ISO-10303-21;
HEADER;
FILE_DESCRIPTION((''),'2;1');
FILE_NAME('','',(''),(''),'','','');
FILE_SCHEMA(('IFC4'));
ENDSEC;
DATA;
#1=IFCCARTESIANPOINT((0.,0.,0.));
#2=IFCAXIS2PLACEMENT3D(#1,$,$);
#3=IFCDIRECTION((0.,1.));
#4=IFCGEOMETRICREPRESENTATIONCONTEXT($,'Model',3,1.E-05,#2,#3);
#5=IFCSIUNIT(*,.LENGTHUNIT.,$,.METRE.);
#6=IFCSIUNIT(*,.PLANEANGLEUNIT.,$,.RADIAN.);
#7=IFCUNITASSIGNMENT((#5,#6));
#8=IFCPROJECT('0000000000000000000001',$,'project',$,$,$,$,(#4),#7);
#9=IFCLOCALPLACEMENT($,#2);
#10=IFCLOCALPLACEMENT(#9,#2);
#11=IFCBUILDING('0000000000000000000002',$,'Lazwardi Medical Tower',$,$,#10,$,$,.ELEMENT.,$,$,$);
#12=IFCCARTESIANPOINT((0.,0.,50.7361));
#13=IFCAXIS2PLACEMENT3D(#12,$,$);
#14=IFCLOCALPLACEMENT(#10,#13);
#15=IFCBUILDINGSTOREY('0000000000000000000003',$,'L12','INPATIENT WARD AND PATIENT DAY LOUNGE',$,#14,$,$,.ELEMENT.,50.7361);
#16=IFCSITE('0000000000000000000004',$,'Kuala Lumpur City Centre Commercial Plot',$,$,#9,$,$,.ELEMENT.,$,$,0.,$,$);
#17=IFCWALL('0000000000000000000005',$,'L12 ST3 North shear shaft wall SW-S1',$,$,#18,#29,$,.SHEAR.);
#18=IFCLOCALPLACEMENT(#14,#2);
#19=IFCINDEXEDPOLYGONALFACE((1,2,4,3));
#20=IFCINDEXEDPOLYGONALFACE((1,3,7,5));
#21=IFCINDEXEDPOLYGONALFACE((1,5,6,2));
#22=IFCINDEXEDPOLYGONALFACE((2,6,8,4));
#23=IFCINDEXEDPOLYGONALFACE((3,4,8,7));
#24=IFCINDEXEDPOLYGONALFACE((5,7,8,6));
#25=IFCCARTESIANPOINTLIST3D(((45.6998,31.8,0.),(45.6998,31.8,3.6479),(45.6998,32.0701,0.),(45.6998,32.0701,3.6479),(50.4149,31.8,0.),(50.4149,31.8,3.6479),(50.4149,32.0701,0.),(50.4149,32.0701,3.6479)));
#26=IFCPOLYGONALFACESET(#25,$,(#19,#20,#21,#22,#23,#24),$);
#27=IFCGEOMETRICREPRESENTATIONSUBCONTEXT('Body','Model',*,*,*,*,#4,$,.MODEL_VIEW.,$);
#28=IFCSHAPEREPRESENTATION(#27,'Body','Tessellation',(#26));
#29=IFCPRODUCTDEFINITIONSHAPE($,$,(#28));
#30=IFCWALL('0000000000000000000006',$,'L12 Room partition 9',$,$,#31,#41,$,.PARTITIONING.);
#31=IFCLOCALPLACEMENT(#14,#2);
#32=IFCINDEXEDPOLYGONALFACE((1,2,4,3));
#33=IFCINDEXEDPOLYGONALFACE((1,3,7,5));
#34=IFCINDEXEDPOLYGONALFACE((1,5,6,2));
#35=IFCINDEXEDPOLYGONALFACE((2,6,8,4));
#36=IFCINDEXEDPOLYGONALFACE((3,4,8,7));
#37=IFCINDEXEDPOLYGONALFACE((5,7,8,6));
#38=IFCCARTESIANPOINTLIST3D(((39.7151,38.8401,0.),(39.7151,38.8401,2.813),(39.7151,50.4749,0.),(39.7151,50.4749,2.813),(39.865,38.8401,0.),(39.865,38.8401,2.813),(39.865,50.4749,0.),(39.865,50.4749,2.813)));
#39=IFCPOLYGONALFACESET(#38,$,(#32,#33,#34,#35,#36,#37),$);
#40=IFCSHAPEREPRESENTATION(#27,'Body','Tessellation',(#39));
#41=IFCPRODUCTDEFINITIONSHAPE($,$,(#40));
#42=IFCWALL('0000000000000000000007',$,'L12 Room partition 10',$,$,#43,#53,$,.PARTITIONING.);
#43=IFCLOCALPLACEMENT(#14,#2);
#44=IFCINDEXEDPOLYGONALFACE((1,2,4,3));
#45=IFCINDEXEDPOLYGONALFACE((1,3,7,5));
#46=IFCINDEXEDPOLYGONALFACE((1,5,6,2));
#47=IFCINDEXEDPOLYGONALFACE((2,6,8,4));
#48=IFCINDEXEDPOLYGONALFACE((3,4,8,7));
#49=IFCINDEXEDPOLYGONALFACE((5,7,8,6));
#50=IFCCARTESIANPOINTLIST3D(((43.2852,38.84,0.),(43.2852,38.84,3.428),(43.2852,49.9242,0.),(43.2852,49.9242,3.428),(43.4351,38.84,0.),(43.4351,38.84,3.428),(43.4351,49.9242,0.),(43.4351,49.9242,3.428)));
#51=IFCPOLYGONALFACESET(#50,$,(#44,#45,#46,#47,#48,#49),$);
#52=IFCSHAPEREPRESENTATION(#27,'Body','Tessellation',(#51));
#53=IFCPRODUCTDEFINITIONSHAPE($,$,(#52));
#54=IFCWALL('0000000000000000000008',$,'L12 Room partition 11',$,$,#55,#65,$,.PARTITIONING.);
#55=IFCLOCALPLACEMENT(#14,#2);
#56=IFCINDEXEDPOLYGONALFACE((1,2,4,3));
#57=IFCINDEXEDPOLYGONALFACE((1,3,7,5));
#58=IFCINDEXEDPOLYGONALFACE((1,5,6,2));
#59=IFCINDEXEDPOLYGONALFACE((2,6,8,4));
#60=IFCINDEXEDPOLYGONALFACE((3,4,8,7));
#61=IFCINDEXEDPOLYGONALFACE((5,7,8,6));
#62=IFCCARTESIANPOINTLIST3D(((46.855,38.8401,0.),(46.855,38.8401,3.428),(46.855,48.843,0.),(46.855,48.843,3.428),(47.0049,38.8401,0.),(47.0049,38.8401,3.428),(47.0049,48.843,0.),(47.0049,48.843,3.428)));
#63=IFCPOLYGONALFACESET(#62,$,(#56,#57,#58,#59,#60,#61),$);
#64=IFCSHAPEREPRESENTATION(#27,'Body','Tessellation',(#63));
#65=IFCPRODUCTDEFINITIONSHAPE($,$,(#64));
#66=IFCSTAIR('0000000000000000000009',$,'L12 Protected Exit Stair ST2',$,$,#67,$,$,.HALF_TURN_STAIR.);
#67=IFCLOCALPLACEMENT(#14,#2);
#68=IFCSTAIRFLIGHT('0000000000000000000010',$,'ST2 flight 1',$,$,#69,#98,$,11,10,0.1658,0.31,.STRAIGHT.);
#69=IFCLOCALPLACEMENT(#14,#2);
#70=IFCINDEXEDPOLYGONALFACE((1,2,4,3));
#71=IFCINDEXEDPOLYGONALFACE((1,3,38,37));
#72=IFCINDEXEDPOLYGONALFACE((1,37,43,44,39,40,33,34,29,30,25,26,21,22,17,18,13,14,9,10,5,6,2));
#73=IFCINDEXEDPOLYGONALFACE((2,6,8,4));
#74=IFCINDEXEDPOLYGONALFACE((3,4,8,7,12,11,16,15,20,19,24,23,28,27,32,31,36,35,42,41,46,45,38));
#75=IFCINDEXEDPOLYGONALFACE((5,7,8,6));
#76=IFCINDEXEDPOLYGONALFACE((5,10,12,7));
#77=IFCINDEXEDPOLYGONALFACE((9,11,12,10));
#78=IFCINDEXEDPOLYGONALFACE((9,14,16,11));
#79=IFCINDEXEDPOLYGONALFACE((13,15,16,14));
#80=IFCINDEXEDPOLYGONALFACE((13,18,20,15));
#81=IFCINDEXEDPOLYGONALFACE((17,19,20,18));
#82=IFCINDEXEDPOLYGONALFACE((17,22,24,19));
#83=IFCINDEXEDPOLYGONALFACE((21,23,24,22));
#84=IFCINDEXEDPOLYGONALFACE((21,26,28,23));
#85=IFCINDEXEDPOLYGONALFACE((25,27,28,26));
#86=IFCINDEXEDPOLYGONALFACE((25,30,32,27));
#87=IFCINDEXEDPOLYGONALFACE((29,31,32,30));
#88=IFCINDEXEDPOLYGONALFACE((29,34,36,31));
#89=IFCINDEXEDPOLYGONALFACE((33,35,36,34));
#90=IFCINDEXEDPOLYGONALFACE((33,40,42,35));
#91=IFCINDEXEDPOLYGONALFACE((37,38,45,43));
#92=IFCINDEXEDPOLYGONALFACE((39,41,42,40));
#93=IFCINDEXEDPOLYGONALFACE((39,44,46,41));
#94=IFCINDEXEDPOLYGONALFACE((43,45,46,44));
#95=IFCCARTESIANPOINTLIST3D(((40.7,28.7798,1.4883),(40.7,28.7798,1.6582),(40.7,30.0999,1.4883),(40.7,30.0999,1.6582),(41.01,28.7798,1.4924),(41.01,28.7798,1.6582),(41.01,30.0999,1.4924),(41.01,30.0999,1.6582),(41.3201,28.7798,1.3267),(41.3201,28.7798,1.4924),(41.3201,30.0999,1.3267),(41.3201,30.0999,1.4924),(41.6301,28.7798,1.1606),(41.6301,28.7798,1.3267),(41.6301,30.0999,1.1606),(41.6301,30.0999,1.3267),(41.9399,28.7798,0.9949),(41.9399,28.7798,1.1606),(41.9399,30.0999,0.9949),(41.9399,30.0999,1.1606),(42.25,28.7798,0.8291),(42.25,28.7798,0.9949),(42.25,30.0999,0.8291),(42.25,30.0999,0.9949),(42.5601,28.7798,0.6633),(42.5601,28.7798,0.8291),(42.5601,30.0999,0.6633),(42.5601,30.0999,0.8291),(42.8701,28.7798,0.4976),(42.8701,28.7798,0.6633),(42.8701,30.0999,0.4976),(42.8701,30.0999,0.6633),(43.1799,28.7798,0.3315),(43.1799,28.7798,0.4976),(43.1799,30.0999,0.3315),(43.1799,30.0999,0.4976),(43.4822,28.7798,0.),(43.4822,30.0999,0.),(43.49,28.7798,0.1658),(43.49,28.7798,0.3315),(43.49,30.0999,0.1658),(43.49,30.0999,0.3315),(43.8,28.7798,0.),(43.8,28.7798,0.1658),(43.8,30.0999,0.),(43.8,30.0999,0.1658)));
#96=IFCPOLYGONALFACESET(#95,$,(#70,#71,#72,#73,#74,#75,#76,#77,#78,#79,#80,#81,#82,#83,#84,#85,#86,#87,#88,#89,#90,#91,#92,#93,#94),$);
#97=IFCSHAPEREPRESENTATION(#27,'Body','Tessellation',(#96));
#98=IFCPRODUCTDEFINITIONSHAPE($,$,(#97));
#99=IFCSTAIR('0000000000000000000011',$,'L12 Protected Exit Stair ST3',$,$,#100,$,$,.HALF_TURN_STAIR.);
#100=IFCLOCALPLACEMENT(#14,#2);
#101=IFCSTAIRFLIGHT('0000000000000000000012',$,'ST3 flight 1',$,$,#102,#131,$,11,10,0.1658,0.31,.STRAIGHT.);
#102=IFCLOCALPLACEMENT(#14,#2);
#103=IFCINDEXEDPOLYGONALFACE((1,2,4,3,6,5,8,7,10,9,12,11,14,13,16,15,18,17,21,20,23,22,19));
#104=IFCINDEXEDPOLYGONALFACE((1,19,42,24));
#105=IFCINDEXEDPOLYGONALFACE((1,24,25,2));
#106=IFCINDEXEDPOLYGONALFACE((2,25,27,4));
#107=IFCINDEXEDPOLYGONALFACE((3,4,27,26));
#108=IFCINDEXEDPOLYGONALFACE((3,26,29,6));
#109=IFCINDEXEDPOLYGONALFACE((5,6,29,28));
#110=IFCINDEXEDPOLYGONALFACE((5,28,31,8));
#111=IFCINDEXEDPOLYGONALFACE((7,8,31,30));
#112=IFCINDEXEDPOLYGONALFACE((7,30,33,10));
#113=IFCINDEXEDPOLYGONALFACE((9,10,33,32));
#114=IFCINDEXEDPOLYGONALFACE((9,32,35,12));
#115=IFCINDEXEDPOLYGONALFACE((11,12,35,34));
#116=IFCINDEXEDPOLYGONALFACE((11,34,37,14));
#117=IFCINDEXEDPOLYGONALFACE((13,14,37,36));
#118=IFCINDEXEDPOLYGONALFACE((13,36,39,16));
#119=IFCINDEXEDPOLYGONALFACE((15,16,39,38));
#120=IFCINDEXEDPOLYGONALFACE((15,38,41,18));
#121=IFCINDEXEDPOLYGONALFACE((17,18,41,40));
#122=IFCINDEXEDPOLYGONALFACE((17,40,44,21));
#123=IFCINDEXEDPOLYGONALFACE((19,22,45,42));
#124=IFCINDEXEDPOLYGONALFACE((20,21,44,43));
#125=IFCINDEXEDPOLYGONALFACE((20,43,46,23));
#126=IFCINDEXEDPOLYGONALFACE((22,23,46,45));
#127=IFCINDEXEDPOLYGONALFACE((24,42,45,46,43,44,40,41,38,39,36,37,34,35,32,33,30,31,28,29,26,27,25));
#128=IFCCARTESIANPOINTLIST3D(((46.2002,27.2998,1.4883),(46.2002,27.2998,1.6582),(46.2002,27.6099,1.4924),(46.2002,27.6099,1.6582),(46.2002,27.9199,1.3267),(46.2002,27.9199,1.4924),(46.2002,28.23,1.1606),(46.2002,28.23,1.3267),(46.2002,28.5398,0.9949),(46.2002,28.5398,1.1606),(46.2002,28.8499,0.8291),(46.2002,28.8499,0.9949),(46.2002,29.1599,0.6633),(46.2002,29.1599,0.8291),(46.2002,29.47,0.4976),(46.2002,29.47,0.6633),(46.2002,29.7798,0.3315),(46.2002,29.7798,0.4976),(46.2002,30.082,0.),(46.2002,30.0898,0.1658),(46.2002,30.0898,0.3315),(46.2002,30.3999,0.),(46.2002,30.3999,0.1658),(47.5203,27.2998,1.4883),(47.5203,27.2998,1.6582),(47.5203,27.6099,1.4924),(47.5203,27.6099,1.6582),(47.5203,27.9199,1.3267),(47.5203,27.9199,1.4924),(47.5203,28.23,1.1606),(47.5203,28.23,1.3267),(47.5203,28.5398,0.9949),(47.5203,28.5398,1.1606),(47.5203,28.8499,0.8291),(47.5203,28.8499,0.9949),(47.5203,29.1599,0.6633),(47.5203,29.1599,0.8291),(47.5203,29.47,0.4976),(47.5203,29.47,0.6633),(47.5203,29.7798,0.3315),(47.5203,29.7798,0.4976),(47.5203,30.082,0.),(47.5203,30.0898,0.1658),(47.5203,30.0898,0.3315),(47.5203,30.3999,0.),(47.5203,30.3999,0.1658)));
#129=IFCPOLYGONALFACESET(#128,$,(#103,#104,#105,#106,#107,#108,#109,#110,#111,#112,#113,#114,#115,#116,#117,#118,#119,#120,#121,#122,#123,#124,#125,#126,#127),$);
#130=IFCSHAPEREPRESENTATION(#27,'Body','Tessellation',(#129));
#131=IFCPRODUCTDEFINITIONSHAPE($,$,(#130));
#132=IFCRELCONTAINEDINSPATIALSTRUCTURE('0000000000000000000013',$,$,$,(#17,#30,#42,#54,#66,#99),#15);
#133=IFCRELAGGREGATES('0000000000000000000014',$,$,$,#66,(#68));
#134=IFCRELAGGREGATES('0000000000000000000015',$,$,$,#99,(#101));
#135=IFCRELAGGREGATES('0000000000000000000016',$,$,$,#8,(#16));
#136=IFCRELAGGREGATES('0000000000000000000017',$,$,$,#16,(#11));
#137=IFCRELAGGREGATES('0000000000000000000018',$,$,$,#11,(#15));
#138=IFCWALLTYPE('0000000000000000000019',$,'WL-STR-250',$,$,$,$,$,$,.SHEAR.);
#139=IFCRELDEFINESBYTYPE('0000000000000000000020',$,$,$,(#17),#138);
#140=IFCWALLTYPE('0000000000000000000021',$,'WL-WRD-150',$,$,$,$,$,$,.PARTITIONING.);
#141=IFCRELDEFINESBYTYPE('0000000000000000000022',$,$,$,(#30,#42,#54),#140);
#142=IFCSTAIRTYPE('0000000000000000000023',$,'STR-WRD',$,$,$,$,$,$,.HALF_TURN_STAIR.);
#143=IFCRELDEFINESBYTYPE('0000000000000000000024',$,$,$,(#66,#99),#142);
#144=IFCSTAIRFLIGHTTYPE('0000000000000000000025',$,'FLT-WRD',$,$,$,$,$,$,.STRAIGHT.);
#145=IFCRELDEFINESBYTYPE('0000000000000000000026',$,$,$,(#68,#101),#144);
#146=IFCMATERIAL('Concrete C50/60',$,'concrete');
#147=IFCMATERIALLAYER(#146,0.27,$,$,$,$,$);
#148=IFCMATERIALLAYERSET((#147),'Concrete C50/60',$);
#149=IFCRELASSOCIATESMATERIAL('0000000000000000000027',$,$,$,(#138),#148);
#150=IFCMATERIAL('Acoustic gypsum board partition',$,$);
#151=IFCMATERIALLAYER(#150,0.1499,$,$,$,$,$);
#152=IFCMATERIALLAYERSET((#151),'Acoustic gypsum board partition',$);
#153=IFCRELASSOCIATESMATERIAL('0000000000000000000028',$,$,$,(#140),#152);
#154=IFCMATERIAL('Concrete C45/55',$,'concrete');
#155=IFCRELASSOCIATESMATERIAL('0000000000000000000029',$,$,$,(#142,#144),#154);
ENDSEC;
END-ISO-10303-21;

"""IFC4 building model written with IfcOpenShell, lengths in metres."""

from ifc_helpers import new_model, si_unit, direction, frame, frame_2d, origin, place, context, subcontext, project, spatial, polyline, rectangle, outline, extrude, material, layer, layer_set, type_object, element, aggregate, save


model = new_model("IFC4")

# Units and contexts
model_context = context("Model", 3, precision=1e-05, world=origin(), true_north=direction((0.0, 1.0)))
body_context = subcontext(model_context, "Body", "Model", "MODEL_VIEW")
ifc_project = project(units=[si_unit("LENGTHUNIT", "METRE"), si_unit("PLANEANGLEUNIT", "RADIAN")], contexts=[model_context])

# Site, building, storey
site_placement = place(None, origin())
site = spatial("IfcSite", under=ifc_project, at=site_placement, Name="Kuala Lumpur City Centre Commercial Plot", CompositionType="ELEMENT", RefElevation=0.0)
building_placement = place(site_placement, origin())
building = spatial("IfcBuilding", under=site, at=building_placement, Name="Lazwardi Medical Tower", CompositionType="ELEMENT")
storey_placement = place(building_placement, frame((0.0, 0.0, 50.7361)))
storey = spatial("IfcBuildingStorey", under=building, at=storey_placement, Name="L12", Description="INPATIENT WARD AND PATIENT DAY LOUNGE", CompositionType="ELEMENT", Elevation=50.7361)

# Shared definitions
ifc_material_1 = material(Name="Concrete C50/60", Category="concrete")
ifc_layer_1 = layer(ifc_material_1, 0.27)
ifc_layer_set_1 = layer_set([ifc_layer_1], Name="Concrete C50/60")
wall_type_1 = type_object("IfcWallType", Name="WL-STR-250", PredefinedType="SHEAR", material=ifc_layer_set_1)

# Walls
wall_1_placement = place(storey_placement, frame((45.7, 31.9351, 0.0), z_axis=(0.0, 0.0, 1.0), x_axis=(1.0, 0.0, 0.0)))
element("IfcWall", 1, at=wall_1_placement, inside=storey, type_object=wall_type_1, Name="L12 ST3 North shear shaft wall SW-S1", PredefinedType="SHEAR", context=body_context, shape_type="SweptSolid", body=[
    extrude(rectangle(XDim=4.7151, YDim=0.27, at=frame_2d((2.3574, 0.0))), origin(), (0.0, 0.0, 1.0), 3.6479),
])
ifc_material_2 = material(Name="Acoustic gypsum board partition")
ifc_layer_2 = layer(ifc_material_2, 0.1499)
ifc_layer_set_2 = layer_set([ifc_layer_2], Name="Acoustic gypsum board partition")
wall_type_2 = type_object("IfcWallType", Name="WL-WRD-150", PredefinedType="PARTITIONING", material=ifc_layer_set_2)
wall_2_placement = place(storey_placement, frame((39.79, 38.8401, 0.0), z_axis=(0.0, 0.0, 1.0), x_axis=(0.0, 1.0, 0.0)))
element("IfcWall", 2, at=wall_2_placement, inside=storey, type_object=wall_type_2, Name="L12 Room partition 9", PredefinedType="PARTITIONING", context=body_context, shape_type="SweptSolid", body=[
    extrude(rectangle(XDim=11.6348, YDim=0.1499, at=frame_2d((5.8174, 0.0))), origin(), (0.0, 0.0, 1.0), 2.813),
])
wall_3_placement = place(storey_placement, frame((43.3601, 38.8401, 0.0), z_axis=(0.0, 0.0, 1.0), x_axis=(0.0, 1.0, 0.0)))
element("IfcWall", 3, at=wall_3_placement, inside=storey, type_object=wall_type_2, Name="L12 Room partition 10", PredefinedType="PARTITIONING", context=body_context, shape_type="SweptSolid", body=[
    extrude(rectangle(XDim=11.0842, YDim=0.1499, at=frame_2d((5.542, 0.0))), origin(), (0.0, 0.0, 1.0), 3.428),
])
wall_4_placement = place(storey_placement, frame((46.9299, 38.8401, 0.0), z_axis=(0.0, 0.0, 1.0), x_axis=(0.0, 1.0, 0.0)))
element("IfcWall", 4, at=wall_4_placement, inside=storey, type_object=wall_type_2, Name="L12 Room partition 11", PredefinedType="PARTITIONING", context=body_context, shape_type="SweptSolid", body=[
    extrude(rectangle(XDim=10.0029, YDim=0.1499, at=frame_2d((5.0015, 0.0))), origin(), (0.0, 0.0, 1.0), 3.428),
])

# Stairs, stair flights
ifc_material_3 = material(Name="Concrete C45/55", Category="concrete")
stair_type = type_object("IfcStairType", Name="STR-WRD", PredefinedType="HALF_TURN_STAIR", material=ifc_material_3)
stair_1_placement = place(storey_placement, origin())
stair_1 = element("IfcStair", 5, at=stair_1_placement, inside=storey, type_object=stair_type, Name="L12 Protected Exit Stair ST2", PredefinedType="HALF_TURN_STAIR")
stair_flight_type = type_object("IfcStairFlightType", Name="FLT-WRD", PredefinedType="STRAIGHT", material=ifc_material_3)
stair_flight_1_placement = place(storey_placement, frame((43.8, 29.4399, 0.0), z_axis=(0.0, 0.0, 1.0), x_axis=(-1.0, 0.0, 0.0)))
stair_flight_1 = element("IfcStairFlight", 6, at=stair_flight_1_placement, type_object=stair_flight_type, Name="ST2 flight 1", NumberOfRisers=11, NumberOfTreads=10, PredefinedType="STRAIGHT", RiserHeight=0.1658, TreadLength=0.31, context=body_context, shape_type="SweptSolid", body=[
    extrude(outline(polyline([(0.0, 0.0), (0.0, 0.1658), (0.3101, 0.1658), (0.3101, 0.3315), (0.6201, 0.3315), (0.6201, 0.4976), (0.9299, 0.4976), (0.9299, 0.6633), (1.24, 0.6633), (1.24, 0.8291), (1.55, 0.8291), (1.55, 0.9949), (1.8601, 0.9949), (1.8601, 1.1606), (2.1699, 1.1606), (2.1699, 1.3267), (2.48, 1.3267), (2.48, 1.4924), (2.79, 1.4924), (2.79, 1.6582), (3.1001, 1.6582), (3.1001, 1.824), (3.1001, 1.4883), (0.3179, 0.0), (0.0, 0.0)])), frame((0.0, 0.6602, 0.0), z_axis=(0.0, -1.0, 0.0), x_axis=(1.0, 0.0, 0.0)), (0.0, 0.0, 1.0), 1.3201),
])
aggregate(stair_1, [stair_flight_1])
stair_2_placement = place(storey_placement, origin())
stair_2 = element("IfcStair", 7, at=stair_2_placement, inside=storey, type_object=stair_type, Name="L12 Protected Exit Stair ST3", PredefinedType="HALF_TURN_STAIR")
stair_flight_2_placement = place(storey_placement, frame((46.8601, 30.3999, 0.0), z_axis=(0.0, 0.0, 1.0), x_axis=(0.0, -1.0, 0.0)))
stair_flight_2 = element("IfcStairFlight", 8, at=stair_flight_2_placement, type_object=stair_flight_type, Name="ST3 flight 1", NumberOfRisers=11, NumberOfTreads=10, PredefinedType="STRAIGHT", RiserHeight=0.1658, TreadLength=0.31, context=body_context, shape_type="SweptSolid", body=[
    extrude(outline(polyline([(0.0, 0.0), (0.0, 0.1658), (0.3101, 0.1658), (0.3101, 0.3315), (0.6201, 0.3315), (0.6201, 0.4976), (0.9299, 0.4976), (0.9299, 0.6633), (1.24, 0.6633), (1.24, 0.8291), (1.55, 0.8291), (1.55, 0.9949), (1.8601, 0.9949), (1.8601, 1.1606), (2.1699, 1.1606), (2.1699, 1.3267), (2.48, 1.3267), (2.48, 1.4924), (2.79, 1.4924), (2.79, 1.6582), (3.1001, 1.6582), (3.1001, 1.824), (3.1001, 1.4883), (0.3179, 0.0), (0.0, 0.0)])), frame((0.0, 0.6602, 0.0), z_axis=(0.0, -1.0, 0.0), x_axis=(1.0, 0.0, 0.0)), (0.0, 0.0, 1.0), 1.3201),
])
aggregate(stair_2, [stair_flight_2])

save(model, "model.ifc")
